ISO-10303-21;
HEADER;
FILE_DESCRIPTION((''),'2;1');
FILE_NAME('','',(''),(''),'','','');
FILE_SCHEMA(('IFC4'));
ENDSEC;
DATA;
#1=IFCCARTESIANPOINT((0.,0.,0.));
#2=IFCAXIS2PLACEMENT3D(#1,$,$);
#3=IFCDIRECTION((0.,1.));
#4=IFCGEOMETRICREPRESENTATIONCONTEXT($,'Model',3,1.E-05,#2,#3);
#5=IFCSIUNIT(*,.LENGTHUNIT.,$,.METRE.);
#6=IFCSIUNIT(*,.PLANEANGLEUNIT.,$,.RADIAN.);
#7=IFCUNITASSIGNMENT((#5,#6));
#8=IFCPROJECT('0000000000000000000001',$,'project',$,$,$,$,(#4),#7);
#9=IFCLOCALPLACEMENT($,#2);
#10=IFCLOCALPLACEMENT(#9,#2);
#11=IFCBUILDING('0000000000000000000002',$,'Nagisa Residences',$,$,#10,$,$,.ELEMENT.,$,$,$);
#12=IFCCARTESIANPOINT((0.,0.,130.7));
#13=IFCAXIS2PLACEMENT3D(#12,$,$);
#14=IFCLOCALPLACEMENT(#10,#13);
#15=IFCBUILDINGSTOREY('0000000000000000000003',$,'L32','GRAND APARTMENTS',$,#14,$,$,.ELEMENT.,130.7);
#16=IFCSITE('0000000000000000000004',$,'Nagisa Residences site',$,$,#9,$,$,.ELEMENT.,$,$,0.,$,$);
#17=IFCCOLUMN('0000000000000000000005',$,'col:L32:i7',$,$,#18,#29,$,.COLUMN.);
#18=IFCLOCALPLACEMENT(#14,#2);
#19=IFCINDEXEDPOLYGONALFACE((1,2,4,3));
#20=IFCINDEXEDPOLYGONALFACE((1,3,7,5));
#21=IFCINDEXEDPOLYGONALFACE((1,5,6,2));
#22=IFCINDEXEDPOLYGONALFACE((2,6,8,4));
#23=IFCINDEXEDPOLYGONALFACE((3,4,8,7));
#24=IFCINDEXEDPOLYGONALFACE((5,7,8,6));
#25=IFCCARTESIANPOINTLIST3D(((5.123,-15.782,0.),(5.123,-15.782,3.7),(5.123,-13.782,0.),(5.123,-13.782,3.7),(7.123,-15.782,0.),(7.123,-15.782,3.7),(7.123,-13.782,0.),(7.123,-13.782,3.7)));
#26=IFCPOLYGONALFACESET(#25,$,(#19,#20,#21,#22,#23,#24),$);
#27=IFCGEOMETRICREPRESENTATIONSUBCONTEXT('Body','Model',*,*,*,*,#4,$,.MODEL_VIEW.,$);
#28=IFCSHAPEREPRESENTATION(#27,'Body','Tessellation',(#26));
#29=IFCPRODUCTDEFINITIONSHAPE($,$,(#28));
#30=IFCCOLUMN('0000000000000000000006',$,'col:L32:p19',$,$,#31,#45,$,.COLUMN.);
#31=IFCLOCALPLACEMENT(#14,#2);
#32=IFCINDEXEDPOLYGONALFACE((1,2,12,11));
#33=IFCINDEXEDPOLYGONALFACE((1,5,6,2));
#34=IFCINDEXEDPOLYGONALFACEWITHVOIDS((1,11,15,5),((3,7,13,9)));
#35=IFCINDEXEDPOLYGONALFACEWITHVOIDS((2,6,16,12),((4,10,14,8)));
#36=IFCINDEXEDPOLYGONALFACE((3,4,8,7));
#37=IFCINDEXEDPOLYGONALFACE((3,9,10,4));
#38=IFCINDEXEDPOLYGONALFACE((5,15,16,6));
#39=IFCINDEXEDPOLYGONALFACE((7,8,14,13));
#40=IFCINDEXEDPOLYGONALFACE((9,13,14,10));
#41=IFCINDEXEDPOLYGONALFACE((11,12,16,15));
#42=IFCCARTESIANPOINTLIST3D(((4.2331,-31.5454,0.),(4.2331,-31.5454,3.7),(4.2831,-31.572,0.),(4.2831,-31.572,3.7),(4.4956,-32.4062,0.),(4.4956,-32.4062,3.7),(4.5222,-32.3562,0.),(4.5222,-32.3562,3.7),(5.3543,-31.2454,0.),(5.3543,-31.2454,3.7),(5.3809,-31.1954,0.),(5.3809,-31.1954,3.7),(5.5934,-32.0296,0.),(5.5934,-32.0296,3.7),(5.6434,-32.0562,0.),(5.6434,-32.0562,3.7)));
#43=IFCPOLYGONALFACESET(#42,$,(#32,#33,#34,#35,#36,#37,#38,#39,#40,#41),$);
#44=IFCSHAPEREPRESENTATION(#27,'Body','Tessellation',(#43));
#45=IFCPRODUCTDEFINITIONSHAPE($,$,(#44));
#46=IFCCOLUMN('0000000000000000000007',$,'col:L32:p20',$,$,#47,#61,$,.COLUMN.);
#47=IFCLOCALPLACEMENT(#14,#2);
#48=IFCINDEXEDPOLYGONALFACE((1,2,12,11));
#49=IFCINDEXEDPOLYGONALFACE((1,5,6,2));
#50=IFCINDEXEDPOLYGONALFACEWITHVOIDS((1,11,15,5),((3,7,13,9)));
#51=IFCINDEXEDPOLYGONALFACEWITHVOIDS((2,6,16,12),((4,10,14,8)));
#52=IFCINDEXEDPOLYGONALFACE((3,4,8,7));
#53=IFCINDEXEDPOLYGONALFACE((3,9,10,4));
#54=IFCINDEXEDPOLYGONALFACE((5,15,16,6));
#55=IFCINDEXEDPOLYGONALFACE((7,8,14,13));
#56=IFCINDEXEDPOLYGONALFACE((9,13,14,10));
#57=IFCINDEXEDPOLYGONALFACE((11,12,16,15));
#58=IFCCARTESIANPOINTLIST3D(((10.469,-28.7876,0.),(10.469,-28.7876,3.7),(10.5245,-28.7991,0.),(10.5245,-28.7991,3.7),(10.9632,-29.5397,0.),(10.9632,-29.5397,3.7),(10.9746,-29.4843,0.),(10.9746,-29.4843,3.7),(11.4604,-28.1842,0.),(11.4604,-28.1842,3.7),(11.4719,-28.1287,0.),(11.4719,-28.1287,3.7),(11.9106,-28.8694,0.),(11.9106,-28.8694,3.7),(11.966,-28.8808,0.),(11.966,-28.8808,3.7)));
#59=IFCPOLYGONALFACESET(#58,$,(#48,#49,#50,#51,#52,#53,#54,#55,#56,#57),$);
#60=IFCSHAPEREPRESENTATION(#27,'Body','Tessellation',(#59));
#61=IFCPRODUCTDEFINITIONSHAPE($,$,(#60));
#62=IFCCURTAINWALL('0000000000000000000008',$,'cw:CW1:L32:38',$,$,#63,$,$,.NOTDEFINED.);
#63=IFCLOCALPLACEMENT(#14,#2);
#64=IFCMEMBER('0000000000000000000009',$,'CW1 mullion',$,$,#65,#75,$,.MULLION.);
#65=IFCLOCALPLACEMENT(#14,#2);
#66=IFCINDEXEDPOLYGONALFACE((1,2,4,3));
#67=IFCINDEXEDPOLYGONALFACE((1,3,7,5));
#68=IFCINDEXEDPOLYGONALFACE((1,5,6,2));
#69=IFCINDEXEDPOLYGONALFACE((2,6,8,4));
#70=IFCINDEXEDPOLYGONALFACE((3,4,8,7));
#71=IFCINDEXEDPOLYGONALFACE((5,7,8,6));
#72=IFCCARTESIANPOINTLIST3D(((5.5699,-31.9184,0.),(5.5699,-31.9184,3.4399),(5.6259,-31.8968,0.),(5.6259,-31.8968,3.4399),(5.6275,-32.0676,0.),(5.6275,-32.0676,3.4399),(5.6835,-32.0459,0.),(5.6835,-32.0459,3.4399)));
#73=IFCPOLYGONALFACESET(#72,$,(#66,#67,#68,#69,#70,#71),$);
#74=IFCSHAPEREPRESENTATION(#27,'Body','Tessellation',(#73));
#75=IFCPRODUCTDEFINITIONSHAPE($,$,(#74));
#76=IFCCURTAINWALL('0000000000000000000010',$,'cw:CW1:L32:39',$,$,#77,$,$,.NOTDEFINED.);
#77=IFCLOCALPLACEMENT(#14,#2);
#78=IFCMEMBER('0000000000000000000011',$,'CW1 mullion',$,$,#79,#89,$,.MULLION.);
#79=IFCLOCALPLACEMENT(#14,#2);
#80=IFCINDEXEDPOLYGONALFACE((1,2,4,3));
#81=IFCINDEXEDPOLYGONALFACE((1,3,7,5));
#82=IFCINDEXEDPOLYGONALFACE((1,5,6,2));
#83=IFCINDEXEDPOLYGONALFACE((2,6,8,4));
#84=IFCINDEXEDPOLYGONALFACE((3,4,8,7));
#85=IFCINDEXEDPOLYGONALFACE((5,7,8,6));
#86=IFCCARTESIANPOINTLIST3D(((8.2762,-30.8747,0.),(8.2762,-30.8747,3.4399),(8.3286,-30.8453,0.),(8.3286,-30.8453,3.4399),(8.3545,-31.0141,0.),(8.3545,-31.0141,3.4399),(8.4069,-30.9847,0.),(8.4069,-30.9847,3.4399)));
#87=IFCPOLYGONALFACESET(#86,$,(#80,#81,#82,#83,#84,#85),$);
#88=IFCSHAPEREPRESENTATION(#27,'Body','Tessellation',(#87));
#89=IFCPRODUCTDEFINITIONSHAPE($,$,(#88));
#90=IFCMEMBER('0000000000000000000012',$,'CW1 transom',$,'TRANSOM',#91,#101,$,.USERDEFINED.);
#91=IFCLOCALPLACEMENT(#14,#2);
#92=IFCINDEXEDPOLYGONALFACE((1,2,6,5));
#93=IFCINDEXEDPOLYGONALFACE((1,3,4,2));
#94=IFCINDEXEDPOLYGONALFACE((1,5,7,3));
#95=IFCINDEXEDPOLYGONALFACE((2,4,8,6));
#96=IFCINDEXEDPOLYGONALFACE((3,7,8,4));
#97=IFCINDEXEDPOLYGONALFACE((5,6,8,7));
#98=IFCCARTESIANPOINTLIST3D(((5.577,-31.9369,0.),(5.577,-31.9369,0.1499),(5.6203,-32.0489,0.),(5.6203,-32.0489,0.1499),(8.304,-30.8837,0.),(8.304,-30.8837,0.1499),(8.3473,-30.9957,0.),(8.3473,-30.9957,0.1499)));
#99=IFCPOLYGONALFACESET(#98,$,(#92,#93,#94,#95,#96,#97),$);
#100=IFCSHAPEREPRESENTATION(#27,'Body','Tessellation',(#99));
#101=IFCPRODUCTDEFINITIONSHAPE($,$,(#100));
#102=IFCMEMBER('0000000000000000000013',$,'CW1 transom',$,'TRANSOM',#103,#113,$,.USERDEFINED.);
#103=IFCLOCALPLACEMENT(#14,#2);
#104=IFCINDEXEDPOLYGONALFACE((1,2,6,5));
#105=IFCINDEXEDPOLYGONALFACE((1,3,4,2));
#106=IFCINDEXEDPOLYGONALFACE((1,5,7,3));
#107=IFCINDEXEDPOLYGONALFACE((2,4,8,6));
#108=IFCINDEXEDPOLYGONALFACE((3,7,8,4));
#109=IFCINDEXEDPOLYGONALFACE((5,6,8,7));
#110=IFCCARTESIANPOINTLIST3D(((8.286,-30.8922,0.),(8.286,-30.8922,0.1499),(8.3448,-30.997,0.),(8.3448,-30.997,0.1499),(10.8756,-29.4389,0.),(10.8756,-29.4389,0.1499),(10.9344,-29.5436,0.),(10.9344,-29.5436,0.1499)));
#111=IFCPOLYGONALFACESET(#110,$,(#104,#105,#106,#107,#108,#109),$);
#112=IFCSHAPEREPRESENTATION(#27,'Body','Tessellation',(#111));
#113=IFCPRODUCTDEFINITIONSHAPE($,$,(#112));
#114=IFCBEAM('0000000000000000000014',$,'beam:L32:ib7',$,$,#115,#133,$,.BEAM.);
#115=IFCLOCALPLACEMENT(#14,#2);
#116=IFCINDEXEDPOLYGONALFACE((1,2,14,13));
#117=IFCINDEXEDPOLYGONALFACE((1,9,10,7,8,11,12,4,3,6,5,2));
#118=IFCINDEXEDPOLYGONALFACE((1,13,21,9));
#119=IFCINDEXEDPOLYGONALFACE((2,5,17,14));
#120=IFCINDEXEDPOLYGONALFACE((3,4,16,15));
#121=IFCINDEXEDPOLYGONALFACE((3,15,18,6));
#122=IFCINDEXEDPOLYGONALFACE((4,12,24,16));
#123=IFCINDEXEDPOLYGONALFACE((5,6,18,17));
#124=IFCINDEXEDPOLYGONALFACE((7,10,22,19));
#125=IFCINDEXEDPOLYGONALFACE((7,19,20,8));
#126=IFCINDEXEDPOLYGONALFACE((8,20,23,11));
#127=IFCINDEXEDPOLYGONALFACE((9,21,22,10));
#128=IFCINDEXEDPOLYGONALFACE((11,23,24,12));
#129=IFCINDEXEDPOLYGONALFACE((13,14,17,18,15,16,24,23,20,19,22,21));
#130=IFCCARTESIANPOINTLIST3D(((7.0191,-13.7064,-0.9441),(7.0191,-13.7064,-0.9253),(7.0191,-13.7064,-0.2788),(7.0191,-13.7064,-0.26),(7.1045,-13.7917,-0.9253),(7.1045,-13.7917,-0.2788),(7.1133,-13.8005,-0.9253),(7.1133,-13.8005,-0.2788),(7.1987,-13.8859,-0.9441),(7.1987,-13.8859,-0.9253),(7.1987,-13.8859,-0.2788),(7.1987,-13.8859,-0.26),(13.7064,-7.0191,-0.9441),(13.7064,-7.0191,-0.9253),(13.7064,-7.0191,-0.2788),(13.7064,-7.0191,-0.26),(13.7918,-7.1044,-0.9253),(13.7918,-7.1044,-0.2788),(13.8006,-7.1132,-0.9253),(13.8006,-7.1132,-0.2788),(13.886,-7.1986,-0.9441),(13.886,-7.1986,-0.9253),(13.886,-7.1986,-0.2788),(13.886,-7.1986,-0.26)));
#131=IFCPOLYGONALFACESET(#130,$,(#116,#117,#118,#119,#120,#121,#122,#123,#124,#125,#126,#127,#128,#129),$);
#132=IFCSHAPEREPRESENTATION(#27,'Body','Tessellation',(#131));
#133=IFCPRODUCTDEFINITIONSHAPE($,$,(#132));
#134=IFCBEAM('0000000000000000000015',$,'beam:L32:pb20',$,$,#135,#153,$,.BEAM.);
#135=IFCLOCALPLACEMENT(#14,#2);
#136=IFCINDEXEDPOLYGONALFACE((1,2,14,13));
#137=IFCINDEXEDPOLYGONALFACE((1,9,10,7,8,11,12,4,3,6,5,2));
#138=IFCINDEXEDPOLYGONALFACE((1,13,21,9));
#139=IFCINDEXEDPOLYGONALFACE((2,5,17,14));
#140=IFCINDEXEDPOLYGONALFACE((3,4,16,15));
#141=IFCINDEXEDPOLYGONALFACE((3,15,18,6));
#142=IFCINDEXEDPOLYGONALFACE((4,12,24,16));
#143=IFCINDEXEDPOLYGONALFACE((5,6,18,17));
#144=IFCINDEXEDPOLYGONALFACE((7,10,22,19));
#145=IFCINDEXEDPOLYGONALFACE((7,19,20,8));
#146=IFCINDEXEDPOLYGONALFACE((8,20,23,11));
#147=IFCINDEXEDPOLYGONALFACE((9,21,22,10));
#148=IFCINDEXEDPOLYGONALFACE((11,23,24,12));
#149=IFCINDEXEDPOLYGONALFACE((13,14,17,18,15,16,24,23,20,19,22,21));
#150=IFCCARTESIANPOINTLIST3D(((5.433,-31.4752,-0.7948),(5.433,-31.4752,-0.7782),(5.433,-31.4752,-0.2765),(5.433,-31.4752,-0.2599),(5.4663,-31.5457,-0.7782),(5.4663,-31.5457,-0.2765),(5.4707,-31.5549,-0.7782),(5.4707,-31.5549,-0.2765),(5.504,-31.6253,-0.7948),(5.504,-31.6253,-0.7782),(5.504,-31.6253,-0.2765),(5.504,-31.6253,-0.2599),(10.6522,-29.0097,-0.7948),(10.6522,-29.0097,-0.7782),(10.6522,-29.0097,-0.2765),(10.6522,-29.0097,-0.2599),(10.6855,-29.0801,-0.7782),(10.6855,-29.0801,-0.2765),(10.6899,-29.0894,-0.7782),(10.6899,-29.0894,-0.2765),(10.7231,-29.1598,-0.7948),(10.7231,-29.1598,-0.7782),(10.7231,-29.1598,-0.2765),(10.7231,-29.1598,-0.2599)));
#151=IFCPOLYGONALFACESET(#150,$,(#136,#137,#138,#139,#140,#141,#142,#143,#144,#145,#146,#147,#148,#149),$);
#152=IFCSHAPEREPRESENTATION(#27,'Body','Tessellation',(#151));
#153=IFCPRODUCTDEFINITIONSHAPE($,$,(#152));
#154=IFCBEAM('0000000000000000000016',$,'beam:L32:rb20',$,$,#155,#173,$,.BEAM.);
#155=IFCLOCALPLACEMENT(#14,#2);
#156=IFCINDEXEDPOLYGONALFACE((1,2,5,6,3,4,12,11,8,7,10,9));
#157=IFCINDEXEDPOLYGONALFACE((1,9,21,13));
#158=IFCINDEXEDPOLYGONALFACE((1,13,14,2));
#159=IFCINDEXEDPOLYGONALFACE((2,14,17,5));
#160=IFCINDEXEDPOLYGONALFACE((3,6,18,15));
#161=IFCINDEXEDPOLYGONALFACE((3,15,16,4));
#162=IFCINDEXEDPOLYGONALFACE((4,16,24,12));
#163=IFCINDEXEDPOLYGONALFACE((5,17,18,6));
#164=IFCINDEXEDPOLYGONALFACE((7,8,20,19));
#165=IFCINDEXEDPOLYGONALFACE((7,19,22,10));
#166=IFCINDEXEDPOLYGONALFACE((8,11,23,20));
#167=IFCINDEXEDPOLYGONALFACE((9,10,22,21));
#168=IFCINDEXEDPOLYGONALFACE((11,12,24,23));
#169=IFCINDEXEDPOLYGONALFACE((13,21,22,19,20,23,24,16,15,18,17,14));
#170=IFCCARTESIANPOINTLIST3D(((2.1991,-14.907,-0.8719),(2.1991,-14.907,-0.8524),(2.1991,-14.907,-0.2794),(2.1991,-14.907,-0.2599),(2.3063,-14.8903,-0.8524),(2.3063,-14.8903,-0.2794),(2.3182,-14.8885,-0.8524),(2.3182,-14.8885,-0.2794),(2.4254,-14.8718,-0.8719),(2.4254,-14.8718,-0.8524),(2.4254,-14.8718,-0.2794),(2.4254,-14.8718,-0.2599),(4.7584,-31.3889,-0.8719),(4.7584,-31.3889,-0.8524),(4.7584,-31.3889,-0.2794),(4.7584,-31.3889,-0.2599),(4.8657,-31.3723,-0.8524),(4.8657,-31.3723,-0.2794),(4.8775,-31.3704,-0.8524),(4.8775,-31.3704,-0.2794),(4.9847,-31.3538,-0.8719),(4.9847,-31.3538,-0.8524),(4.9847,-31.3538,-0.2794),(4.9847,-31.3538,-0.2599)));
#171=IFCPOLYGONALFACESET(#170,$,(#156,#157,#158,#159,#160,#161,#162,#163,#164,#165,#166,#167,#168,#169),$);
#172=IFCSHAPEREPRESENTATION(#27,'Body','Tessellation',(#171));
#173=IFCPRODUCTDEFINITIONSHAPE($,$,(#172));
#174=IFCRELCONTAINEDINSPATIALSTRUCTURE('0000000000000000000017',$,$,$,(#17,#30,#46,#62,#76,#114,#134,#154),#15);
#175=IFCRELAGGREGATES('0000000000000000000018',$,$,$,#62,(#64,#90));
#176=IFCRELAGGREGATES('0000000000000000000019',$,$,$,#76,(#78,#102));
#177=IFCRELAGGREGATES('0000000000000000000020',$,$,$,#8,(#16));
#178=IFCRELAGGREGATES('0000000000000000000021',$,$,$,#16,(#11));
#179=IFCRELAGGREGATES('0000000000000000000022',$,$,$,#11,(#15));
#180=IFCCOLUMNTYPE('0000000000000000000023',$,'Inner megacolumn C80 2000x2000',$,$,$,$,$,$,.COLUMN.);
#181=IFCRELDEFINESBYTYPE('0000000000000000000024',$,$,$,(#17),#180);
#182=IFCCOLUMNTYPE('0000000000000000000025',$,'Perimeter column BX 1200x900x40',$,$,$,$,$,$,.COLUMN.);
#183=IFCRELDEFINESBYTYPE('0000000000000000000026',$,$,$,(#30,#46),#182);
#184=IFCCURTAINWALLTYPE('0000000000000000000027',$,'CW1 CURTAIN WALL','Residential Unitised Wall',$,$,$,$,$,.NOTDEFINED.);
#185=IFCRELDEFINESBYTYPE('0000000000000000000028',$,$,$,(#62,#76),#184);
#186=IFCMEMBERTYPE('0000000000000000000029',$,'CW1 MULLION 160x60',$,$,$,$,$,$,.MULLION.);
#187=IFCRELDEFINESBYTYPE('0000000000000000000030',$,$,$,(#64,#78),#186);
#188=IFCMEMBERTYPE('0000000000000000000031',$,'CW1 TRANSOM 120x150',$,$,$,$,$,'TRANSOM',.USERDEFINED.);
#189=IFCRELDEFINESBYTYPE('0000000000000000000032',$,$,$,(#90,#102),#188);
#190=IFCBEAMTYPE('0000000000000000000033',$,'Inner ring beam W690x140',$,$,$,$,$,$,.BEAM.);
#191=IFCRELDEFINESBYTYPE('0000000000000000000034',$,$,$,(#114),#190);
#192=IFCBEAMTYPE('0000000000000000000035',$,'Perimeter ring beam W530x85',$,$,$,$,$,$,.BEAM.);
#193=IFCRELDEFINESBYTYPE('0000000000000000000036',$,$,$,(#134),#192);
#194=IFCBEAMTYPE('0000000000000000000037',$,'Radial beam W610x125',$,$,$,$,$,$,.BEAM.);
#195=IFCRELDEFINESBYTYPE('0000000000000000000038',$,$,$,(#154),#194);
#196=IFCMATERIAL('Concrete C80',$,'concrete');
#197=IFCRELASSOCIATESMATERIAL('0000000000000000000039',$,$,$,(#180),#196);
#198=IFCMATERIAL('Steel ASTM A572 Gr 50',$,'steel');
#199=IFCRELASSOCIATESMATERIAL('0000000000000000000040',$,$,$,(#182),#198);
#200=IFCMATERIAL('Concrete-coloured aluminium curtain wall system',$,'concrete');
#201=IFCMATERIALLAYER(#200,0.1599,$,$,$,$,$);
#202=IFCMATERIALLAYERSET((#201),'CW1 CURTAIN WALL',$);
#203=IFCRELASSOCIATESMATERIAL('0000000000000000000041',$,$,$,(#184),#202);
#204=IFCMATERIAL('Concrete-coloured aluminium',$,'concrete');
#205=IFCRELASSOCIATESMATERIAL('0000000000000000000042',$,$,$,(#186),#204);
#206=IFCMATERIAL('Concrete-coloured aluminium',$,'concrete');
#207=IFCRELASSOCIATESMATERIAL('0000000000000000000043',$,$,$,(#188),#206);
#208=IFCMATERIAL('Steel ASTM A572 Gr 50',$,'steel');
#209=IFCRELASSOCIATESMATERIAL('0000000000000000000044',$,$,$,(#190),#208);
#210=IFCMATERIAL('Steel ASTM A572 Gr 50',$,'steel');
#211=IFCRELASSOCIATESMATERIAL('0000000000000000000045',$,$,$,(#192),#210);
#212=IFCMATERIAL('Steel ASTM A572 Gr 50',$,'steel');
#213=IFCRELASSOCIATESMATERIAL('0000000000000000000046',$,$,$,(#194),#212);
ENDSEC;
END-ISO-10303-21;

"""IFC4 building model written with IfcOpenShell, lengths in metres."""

from ifc_helpers import new_model, si_unit, direction, frame, origin, origin_2d, place, context, subcontext, project, spatial, rectangle, hollow_rectangle, i_section, extrude, material, layer, layer_set, material_profile, profile_set, type_object, element, aggregate, save


model = new_model("IFC4")

# Units and contexts
model_context = context("Model", 3, precision=1e-05, world=origin(), true_north=direction((0.0, 1.0)))
body_context = subcontext(model_context, "Body", "Model", "MODEL_VIEW")
ifc_project = project(units=[si_unit("LENGTHUNIT", "METRE"), si_unit("PLANEANGLEUNIT", "RADIAN")], contexts=[model_context])

# Site, building, storey
site_placement = place(None, origin())
site = spatial("IfcSite", under=ifc_project, at=site_placement, Name="Nagisa Residences site", CompositionType="ELEMENT", RefElevation=0.0)
building_placement = place(site_placement, origin())
building = spatial("IfcBuilding", under=site, at=building_placement, Name="Nagisa Residences", CompositionType="ELEMENT")
storey_placement = place(building_placement, frame((0.0, 0.0, 130.7)))
storey = spatial("IfcBuildingStorey", under=building, at=storey_placement, Name="L32", Description="GRAND APARTMENTS", CompositionType="ELEMENT", Elevation=130.7)

# Columns
ifc_material_1 = material(Name="Concrete C80", Category="concrete")
ifc_material_profile_1 = material_profile(ifc_material_1, rectangle(XDim=2.0, YDim=2.0, at=origin_2d()), Name="C80 2000x2000")
ifc_profile_set_1 = profile_set([ifc_material_profile_1], Name="Concrete C80")
column_type_1 = type_object("IfcColumnType", Name="Inner megacolumn C80 2000x2000", PredefinedType="COLUMN", material=ifc_profile_set_1)
column_placement = place(storey_placement, frame((6.123, -14.782, 0.0), z_axis=(0.0, 0.0, 1.0), x_axis=(1.0, 0.0, 0.0)))
element("IfcColumn", 1, at=column_placement, inside=storey, type_object=column_type_1, Name="col:L32:i7", PredefinedType="COLUMN", context=body_context, shape_type="SweptSolid", body=[
    extrude(rectangle(XDim=2.0, YDim=2.0, at=origin_2d()), origin(), (0.0, 0.0, 1.0), 3.7),
])
ifc_material_2 = material(Name="Steel ASTM A572 Gr 50", Category="steel")
ifc_material_profile_2 = material_profile(ifc_material_2, hollow_rectangle(XDim=1.2, YDim=0.8999, WallThickness=0.04, at=origin_2d()), Name="BX 1200x900x40")
ifc_profile_set_2 = profile_set([ifc_material_profile_2], Name="Steel ASTM A572 Gr 50")
column_type_2 = type_object("IfcColumnType", Name="Perimeter column BX 1200x900x40", PredefinedType="COLUMN", material=ifc_profile_set_2)
for number, where, z_axis, x_axis, name in (
    (2, (4.9382, -31.8008, 0.0), (0.0, 0.0, 1.0), (0.956525, 0.291652, 0.0), "col:L32:p19"),
    (3, (11.2175, -28.8342, 0.0), (0.0, 0.0, 1.0), (0.835766, 0.549086, 0.0), "col:L32:p20"),
):
    element("IfcColumn", number, at=place(storey_placement, frame(where, z_axis=z_axis, x_axis=x_axis)), inside=storey, type_object=column_type_2, Name=name, PredefinedType="COLUMN", context=body_context, shape_type="SweptSolid", body=[
        extrude(hollow_rectangle(XDim=1.2, YDim=0.8999, WallThickness=0.04, at=origin_2d()), origin(), (0.0, 0.0, 1.0), 3.7),
    ])

# Curtain walls, members
ifc_material_3 = material(Name="Concrete-coloured aluminium curtain wall system", Category="concrete")
ifc_layer_1 = layer(ifc_material_3, 0.1599)
ifc_layer_set_1 = layer_set([ifc_layer_1], Name="CW1 CURTAIN WALL")
curtain_wall_type = type_object("IfcCurtainWallType", Name="CW1 CURTAIN WALL", Description="Residential Unitised Wall", PredefinedType="NOTDEFINED", material=ifc_layer_set_1)
curtain_wall_1_placement = place(storey_placement, origin())
curtain_wall_1 = element("IfcCurtainWall", 4, at=curtain_wall_1_placement, inside=storey, type_object=curtain_wall_type, Name="cw:CW1:L32:38", PredefinedType="NOTDEFINED")
ifc_material_4 = material(Name="Concrete-coloured aluminium", Category="concrete")
ifc_material_profile_3 = material_profile(ifc_material_4, rectangle(XDim=0.1599, YDim=0.0601, at=origin_2d()), Name="CW1 MULLION 160x60")
ifc_profile_set_3 = profile_set([ifc_material_profile_3], Name="Concrete-coloured aluminium")
member_type_1 = type_object("IfcMemberType", Name="CW1 MULLION 160x60", PredefinedType="MULLION", material=ifc_profile_set_3)
member_1_placement = place(storey_placement, frame((5.6267, -31.9822, 0.0), z_axis=(0.0, 0.0, 1.0), x_axis=(-0.360328, 0.932826, 0.0)))
member_1 = element("IfcMember", 5, at=member_1_placement, type_object=member_type_1, Name="CW1 mullion", PredefinedType="MULLION", context=body_context, shape_type="SweptSolid", body=[
    extrude(rectangle(XDim=0.1599, YDim=0.0601, at=origin_2d()), origin(), (0.0, 0.0, 1.0), 3.4399),
])
curtain_wall_2_placement = place(storey_placement, origin())
curtain_wall_2 = element("IfcCurtainWall", 6, at=curtain_wall_2_placement, inside=storey, type_object=curtain_wall_type, Name="cw:CW1:L32:39", PredefinedType="NOTDEFINED")
member_2_placement = place(storey_placement, frame((8.3416, -30.9297, 0.0), z_axis=(0.0, 0.0, 1.0), x_axis=(-0.489377, 0.872072, 0.0)))
member_2 = element("IfcMember", 7, at=member_2_placement, type_object=member_type_1, Name="CW1 mullion", PredefinedType="MULLION", context=body_context, shape_type="SweptSolid", body=[
    extrude(rectangle(XDim=0.1599, YDim=0.0601, at=origin_2d()), origin(), (0.0, 0.0, 1.0), 3.4399),
])

# Members
ifc_material_5 = material(Name="Concrete-coloured aluminium", Category="concrete")
ifc_material_profile_4 = material_profile(ifc_material_5, rectangle(XDim=0.1201, YDim=0.1499, at=origin_2d()), Name="CW1 TRANSOM 120x150")
ifc_profile_set_4 = profile_set([ifc_material_profile_4], Name="Concrete-coloured aluminium")
member_type_2 = type_object("IfcMemberType", Name="CW1 TRANSOM 120x150", ElementType="TRANSOM", PredefinedType="USERDEFINED", material=ifc_profile_set_4)
member_3_placement = place(storey_placement, frame((5.5986, -31.9929, 0.075), z_axis=(0.932845, 0.360277, 0.0), x_axis=(-0.360277, 0.932845, 0.0)))
member_3 = element("IfcMember", 8, at=member_3_placement, type_object=member_type_2, Name="CW1 transom", ObjectType="TRANSOM", PredefinedType="USERDEFINED", context=body_context, shape_type="SweptSolid", body=[
    extrude(rectangle(XDim=0.1201, YDim=0.1499, at=origin_2d()), origin(), (0.0, 0.0, 1.0), 2.9233),
])
member_4_placement = place(storey_placement, frame((8.3154, -30.9446, 0.075), z_axis=(0.872047, 0.489422, 0.0), x_axis=(-0.489422, 0.872047, 0.0)))
member_4 = element("IfcMember", 9, at=member_4_placement, type_object=member_type_2, Name="CW1 transom", ObjectType="TRANSOM", PredefinedType="USERDEFINED", context=body_context, shape_type="SweptSolid", body=[
    extrude(rectangle(XDim=0.1201, YDim=0.1499, at=origin_2d()), origin(), (0.0, 0.0, 1.0), 2.9695),
])

# Beams
ifc_material_6 = material(Name="Steel ASTM A572 Gr 50", Category="steel")
ifc_material_profile_5 = material_profile(ifc_material_6, i_section(OverallWidth=0.2539, OverallDepth=0.6841, WebThickness=0.0125, FlangeThickness=0.0188, at=origin_2d()), Name="W690x140")
ifc_profile_set_5 = profile_set([ifc_material_profile_5], Name="Steel ASTM A572 Gr 50")
beam_type_1 = type_object("IfcBeamType", Name="Inner ring beam W690x140", PredefinedType="BEAM", material=ifc_profile_set_5)
beam_1_placement = place(storey_placement, frame((7.1089, -13.7961, -0.6021), z_axis=(0.707107, 0.707107, 0.0), x_axis=(-0.707107, 0.707107, 0.0)))
element("IfcBeam", 10, at=beam_1_placement, inside=storey, type_object=beam_type_1, Name="beam:L32:ib7", PredefinedType="BEAM", context=body_context, shape_type="SweptSolid", body=[
    extrude(i_section(OverallWidth=0.2539, OverallDepth=0.6841, WebThickness=0.0125, FlangeThickness=0.0188, at=origin_2d()), origin(), (0.0, 0.0, 1.0), 9.4573),
])
ifc_material_7 = material(Name="Steel ASTM A572 Gr 50", Category="steel")
ifc_material_profile_6 = material_profile(ifc_material_7, i_section(OverallWidth=0.166, OverallDepth=0.5349, WebThickness=0.0103, FlangeThickness=0.0166, at=origin_2d()), Name="W530x85")
ifc_profile_set_6 = profile_set([ifc_material_profile_6], Name="Steel ASTM A572 Gr 50")
beam_type_2 = type_object("IfcBeamType", Name="Perimeter ring beam W530x85", PredefinedType="BEAM", material=ifc_profile_set_6)
beam_2_placement = place(storey_placement, frame((5.4685, -31.5503, -0.5273), z_axis=(0.904186, 0.427139, 0.0), x_axis=(-0.427139, 0.904186, 0.0)))
element("IfcBeam", 11, at=beam_2_placement, inside=storey, type_object=beam_type_2, Name="beam:L32:pb20", PredefinedType="BEAM", context=body_context, shape_type="SweptSolid", body=[
    extrude(i_section(OverallWidth=0.166, OverallDepth=0.5349, WebThickness=0.0103, FlangeThickness=0.0166, at=origin_2d()), origin(), (0.0, 0.0, 1.0), 5.7722),
])
ifc_material_8 = material(Name="Steel ASTM A572 Gr 50", Category="steel")
ifc_material_profile_7 = material_profile(ifc_material_8, i_section(OverallWidth=0.229, OverallDepth=0.6121, WebThickness=0.012, FlangeThickness=0.0195, at=origin_2d()), Name="W610x125")
ifc_profile_set_7 = profile_set([ifc_material_profile_7], Name="Steel ASTM A572 Gr 50")
beam_type_3 = type_object("IfcBeamType", Name="Radial beam W610x125", PredefinedType="BEAM", material=ifc_profile_set_7)
beam_3_placement = place(storey_placement, frame((4.8716, -31.3713, -0.5659), z_axis=(-0.153442, 0.988158, 0.0), x_axis=(-0.988158, -0.153442, 0.0)))
element("IfcBeam", 12, at=beam_3_placement, inside=storey, type_object=beam_type_3, Name="beam:L32:rb20", PredefinedType="BEAM", context=body_context, shape_type="SweptSolid", body=[
    extrude(i_section(OverallWidth=0.229, OverallDepth=0.6121, WebThickness=0.012, FlangeThickness=0.0195, at=origin_2d()), origin(), (0.0, 0.0, 1.0), 16.6794),
])

aggregate(curtain_wall_1, [member_1, member_3])
aggregate(curtain_wall_2, [member_2, member_4])

save(model, "model.ifc")
